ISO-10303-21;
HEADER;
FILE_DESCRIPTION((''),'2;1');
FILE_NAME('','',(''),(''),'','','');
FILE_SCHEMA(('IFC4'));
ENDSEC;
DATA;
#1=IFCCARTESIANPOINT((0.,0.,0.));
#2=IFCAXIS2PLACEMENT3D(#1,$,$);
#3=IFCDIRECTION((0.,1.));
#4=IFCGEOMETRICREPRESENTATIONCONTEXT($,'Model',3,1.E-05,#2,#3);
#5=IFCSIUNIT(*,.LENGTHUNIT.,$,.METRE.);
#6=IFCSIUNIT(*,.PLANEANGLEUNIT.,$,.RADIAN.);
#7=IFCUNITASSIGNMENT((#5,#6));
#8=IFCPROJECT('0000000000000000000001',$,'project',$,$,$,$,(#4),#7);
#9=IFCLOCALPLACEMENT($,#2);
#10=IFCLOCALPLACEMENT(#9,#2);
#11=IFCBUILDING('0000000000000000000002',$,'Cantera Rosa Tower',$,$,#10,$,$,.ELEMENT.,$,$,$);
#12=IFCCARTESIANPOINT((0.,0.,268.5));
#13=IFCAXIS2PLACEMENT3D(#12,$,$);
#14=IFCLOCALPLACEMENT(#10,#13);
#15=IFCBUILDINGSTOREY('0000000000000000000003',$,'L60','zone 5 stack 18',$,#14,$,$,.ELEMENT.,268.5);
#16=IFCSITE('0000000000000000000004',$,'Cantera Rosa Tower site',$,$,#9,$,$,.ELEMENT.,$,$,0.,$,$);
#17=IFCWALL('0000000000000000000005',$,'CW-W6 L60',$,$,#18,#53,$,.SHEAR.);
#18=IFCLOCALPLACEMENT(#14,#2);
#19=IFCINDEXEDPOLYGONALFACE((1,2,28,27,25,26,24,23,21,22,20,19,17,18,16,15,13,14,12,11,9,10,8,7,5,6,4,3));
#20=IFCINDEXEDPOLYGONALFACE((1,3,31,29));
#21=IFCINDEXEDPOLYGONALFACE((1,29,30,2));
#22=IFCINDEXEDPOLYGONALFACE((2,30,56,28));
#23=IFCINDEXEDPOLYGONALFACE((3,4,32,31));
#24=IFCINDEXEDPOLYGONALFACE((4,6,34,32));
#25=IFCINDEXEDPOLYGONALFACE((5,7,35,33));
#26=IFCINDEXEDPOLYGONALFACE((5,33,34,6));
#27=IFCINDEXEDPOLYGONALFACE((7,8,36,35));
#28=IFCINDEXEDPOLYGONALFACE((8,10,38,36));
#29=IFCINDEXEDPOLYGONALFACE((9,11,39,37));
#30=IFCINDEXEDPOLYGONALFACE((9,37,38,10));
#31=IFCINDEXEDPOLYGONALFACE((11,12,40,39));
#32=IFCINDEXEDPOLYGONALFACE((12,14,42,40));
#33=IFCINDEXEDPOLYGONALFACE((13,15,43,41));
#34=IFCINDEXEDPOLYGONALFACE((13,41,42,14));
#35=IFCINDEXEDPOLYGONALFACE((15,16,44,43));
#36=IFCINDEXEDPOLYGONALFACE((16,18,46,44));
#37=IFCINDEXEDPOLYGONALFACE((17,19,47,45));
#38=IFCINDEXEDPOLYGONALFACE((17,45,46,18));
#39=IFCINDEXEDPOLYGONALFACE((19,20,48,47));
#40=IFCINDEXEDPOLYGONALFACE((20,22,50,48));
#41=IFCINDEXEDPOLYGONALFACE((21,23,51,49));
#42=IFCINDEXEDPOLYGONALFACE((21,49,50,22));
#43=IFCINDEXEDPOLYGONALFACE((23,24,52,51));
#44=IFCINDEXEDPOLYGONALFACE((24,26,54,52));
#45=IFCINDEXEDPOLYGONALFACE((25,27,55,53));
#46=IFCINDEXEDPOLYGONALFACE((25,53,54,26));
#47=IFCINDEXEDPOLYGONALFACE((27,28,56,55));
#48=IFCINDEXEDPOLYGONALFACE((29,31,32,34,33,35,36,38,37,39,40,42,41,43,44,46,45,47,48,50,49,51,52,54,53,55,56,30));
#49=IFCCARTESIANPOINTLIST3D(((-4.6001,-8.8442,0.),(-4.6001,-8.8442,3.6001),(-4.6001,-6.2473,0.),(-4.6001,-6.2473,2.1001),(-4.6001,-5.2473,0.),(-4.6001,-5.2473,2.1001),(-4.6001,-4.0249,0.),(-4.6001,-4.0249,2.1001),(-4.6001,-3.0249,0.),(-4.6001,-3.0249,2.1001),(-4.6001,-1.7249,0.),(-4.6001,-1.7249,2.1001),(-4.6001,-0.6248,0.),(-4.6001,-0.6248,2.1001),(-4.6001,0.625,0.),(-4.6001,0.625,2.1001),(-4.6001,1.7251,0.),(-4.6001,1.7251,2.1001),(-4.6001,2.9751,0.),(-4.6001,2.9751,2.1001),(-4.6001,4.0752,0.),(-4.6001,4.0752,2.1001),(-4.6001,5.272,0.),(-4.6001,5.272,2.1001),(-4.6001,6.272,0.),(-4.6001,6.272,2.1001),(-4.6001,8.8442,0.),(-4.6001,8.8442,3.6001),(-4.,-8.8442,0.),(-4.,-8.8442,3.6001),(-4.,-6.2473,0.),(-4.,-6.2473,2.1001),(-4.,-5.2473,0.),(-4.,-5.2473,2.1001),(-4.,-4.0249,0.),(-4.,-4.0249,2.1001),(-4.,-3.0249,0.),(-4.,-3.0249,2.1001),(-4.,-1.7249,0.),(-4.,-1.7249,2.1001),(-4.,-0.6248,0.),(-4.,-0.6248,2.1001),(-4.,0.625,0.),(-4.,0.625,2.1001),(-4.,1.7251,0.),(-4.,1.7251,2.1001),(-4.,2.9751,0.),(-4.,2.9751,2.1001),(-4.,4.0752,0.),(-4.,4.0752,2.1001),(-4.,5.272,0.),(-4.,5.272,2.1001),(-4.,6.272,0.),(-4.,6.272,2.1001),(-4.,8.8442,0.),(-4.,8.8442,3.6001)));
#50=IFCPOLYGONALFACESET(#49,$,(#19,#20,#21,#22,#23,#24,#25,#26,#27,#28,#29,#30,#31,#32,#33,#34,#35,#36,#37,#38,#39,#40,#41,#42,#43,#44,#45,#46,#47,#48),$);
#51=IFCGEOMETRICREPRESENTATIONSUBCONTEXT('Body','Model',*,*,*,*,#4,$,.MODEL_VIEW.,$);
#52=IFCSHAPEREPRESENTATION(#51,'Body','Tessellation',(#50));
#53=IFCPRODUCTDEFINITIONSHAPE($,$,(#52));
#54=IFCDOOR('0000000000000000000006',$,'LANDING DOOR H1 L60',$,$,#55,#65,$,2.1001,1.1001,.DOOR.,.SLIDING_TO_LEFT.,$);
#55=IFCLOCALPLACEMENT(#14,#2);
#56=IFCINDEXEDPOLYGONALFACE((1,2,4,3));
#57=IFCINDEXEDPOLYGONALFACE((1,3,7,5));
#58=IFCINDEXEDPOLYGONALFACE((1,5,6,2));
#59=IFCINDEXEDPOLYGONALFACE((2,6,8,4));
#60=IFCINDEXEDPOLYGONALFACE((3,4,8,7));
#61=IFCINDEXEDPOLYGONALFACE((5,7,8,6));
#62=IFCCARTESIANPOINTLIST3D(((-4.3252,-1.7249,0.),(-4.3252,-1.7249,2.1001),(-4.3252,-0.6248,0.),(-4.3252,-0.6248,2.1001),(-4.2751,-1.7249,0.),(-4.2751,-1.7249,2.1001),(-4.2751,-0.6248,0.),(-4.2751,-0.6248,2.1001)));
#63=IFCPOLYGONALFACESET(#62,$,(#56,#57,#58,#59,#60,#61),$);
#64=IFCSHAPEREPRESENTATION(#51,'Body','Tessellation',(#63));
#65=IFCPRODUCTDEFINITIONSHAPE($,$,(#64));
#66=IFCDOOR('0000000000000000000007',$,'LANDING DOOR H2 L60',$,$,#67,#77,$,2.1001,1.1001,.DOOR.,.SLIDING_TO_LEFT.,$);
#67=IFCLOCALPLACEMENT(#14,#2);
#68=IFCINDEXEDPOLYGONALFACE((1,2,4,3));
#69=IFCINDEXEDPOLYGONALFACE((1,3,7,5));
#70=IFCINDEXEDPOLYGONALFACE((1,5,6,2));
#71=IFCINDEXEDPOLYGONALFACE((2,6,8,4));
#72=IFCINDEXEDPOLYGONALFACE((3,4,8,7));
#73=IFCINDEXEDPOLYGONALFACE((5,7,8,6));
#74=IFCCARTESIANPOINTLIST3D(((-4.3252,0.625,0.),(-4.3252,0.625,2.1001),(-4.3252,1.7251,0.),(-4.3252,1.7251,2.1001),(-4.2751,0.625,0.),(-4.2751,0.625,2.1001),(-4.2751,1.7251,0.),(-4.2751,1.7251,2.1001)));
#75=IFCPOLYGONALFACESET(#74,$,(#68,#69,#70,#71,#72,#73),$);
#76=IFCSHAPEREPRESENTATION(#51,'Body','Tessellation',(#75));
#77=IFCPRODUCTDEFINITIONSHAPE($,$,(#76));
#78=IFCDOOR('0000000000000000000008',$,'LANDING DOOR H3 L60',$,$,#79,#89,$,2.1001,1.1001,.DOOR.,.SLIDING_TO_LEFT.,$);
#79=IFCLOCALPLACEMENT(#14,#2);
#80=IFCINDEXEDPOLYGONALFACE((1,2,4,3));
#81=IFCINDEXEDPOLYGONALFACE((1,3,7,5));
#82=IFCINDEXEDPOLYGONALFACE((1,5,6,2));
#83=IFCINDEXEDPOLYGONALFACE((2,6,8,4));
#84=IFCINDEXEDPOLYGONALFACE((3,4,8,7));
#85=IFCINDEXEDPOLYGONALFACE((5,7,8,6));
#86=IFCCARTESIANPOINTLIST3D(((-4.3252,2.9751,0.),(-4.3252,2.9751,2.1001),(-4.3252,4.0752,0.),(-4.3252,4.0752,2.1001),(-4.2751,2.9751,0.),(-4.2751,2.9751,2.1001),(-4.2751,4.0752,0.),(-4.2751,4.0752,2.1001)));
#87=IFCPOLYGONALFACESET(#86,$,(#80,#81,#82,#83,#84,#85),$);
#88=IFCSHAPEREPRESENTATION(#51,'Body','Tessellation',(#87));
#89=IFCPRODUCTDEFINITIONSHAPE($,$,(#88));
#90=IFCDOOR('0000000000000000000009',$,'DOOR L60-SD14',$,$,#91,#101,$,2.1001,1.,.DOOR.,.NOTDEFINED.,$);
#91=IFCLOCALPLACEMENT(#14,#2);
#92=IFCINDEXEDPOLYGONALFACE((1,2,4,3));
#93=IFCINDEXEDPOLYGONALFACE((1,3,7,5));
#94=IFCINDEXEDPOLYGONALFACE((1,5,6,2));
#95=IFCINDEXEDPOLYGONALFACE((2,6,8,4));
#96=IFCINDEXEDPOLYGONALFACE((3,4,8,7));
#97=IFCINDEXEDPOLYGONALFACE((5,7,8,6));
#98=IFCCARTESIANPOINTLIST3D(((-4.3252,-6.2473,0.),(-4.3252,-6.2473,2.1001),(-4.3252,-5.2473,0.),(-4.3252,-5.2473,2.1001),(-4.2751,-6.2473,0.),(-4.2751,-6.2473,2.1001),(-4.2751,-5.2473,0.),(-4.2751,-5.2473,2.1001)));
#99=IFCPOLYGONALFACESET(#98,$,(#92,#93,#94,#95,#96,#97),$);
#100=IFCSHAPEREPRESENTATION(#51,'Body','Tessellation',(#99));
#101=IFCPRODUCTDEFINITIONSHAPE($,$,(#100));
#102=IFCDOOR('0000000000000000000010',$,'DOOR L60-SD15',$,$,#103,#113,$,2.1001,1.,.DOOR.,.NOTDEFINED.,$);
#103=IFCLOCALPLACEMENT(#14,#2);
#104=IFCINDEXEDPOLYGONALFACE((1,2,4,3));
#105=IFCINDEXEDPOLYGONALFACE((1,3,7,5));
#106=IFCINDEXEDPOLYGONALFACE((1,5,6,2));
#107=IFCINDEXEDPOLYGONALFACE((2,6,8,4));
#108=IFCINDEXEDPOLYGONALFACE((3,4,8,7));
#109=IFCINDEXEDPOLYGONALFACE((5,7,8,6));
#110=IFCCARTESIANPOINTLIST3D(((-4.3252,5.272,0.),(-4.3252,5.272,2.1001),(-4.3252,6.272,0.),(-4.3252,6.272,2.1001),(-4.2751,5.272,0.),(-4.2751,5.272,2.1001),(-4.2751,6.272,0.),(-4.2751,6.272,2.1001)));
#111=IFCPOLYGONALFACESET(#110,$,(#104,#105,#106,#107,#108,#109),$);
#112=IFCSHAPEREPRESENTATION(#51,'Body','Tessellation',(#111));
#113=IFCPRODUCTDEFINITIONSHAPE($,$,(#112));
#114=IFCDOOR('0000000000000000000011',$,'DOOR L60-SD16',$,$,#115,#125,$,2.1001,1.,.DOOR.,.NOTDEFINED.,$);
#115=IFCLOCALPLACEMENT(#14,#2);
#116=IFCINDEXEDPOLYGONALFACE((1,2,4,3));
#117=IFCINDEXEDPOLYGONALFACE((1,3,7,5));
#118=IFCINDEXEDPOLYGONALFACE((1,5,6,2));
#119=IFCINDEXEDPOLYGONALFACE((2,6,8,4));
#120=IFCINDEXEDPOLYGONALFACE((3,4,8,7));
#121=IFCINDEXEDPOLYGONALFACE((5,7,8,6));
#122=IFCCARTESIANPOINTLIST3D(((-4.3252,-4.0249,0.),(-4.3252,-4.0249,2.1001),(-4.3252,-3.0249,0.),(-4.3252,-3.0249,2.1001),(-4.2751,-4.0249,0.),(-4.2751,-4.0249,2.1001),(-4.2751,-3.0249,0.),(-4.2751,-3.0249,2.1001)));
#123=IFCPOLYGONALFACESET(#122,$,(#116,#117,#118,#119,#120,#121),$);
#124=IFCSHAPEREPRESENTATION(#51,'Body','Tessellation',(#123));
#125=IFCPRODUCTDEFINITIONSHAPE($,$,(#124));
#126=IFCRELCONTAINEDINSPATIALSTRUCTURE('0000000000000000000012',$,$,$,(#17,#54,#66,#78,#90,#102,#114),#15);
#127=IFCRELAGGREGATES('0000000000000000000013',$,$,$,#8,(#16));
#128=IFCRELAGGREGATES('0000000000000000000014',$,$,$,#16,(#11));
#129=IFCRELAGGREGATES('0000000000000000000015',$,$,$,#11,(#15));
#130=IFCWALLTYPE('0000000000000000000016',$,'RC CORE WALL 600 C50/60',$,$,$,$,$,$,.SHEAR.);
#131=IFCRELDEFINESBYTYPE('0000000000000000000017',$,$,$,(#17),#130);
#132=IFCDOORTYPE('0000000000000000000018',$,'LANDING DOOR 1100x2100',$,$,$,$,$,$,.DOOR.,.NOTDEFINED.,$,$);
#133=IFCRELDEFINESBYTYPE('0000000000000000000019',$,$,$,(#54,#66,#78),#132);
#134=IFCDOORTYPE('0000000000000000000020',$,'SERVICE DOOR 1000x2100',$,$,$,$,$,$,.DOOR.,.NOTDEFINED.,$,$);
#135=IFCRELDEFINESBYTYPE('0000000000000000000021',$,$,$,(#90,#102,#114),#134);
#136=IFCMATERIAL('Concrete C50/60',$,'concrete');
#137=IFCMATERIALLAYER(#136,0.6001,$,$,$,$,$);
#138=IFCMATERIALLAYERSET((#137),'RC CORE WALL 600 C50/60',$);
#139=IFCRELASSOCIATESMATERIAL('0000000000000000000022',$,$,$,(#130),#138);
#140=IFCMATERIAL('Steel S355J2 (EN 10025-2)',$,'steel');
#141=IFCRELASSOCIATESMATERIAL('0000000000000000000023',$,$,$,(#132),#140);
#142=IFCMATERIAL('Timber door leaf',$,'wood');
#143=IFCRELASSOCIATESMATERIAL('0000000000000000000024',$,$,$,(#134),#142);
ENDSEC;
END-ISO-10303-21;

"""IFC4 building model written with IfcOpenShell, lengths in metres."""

from ifc_helpers import new_model, si_unit, direction, frame, frame_2d, origin, place, context, subcontext, project, spatial, rectangle, extrude, material, layer, layer_set, type_object, element, fill, save


model = new_model("IFC4")

# Units and contexts
model_context = context("Model", 3, precision=1e-05, world=origin(), true_north=direction((0.0, 1.0)))
body_context = subcontext(model_context, "Body", "Model", "MODEL_VIEW")
ifc_project = project(units=[si_unit("LENGTHUNIT", "METRE"), si_unit("PLANEANGLEUNIT", "RADIAN")], contexts=[model_context])

# Site, building, storey
site_placement = place(None, origin())
site = spatial("IfcSite", under=ifc_project, at=site_placement, Name="Cantera Rosa Tower site", CompositionType="ELEMENT", RefElevation=0.0)
building_placement = place(site_placement, origin())
building = spatial("IfcBuilding", under=site, at=building_placement, Name="Cantera Rosa Tower", CompositionType="ELEMENT")
storey_placement = place(building_placement, frame((0.0, 0.0, 268.5)))
storey = spatial("IfcBuildingStorey", under=building, at=storey_placement, Name="L60", Description="zone 5 stack 18", CompositionType="ELEMENT", Elevation=268.5)

# Wall, openings, doors
ifc_material_1 = material(Name="Concrete C50/60", Category="concrete")
ifc_layer_1 = layer(ifc_material_1, 0.6001)
ifc_layer_set_1 = layer_set([ifc_layer_1], Name="RC CORE WALL 600 C50/60")
wall_type_1 = type_object("IfcWallType", Name="RC CORE WALL 600 C50/60", PredefinedType="SHEAR", material=ifc_layer_set_1)
wall_1_placement = place(storey_placement, frame((-4.3, 8.8442, 0.0), z_axis=(0.0, 0.0, 1.0), x_axis=(0.0, -1.0, 0.0)))
wall_1 = element("IfcWall", 1, at=wall_1_placement, inside=storey, type_object=wall_type_1, Name="CW-W6 L60", PredefinedType="SHEAR", context=body_context, shape_type="SweptSolid", body=[
    extrude(rectangle(XDim=17.6885, YDim=0.6001, at=frame_2d((8.8442, 0.0))), origin(), (0.0, 0.0, 1.0), 3.6001),
])
opening_1_placement = place(wall_1_placement, frame((9.469, 0.0, 0.0)))
opening_1 = element("IfcOpeningElement", 2, at=opening_1_placement, cuts=wall_1, PredefinedType="OPENING", context=body_context, shape_type="SweptSolid", body=[
    extrude(rectangle(XDim=1.1001, YDim=2.1001, at=frame_2d((0.55, 1.05))), frame((0.0, 0.3101, 0.0), z_axis=(0.0, -1.0, 0.0), x_axis=(1.0, 0.0, 0.0)), (0.0, 0.0, 1.0), 0.6201),
])
opening_2_placement = place(wall_1_placement, frame((7.1191, 0.0, 0.0)))
opening_2 = element("IfcOpeningElement", 3, at=opening_2_placement, cuts=wall_1, PredefinedType="OPENING", context=body_context, shape_type="SweptSolid", body=[
    extrude(rectangle(XDim=1.1001, YDim=2.1001, at=frame_2d((0.55, 1.05))), frame((0.0, 0.3101, 0.0), z_axis=(0.0, -1.0, 0.0), x_axis=(1.0, 0.0, 0.0)), (0.0, 0.0, 1.0), 0.6201),
])
opening_3_placement = place(wall_1_placement, frame((4.769, 0.0, 0.0)))
opening_3 = element("IfcOpeningElement", 4, at=opening_3_placement, cuts=wall_1, PredefinedType="OPENING", context=body_context, shape_type="SweptSolid", body=[
    extrude(rectangle(XDim=1.1001, YDim=2.1001, at=frame_2d((0.55, 1.05))), frame((0.0, 0.3101, 0.0), z_axis=(0.0, -1.0, 0.0), x_axis=(1.0, 0.0, 0.0)), (0.0, 0.0, 1.0), 0.6201),
])
opening_4_placement = place(wall_1_placement, frame((14.0916, 0.0, 0.0)))
opening_4 = element("IfcOpeningElement", 5, at=opening_4_placement, cuts=wall_1, PredefinedType="OPENING", context=body_context, shape_type="SweptSolid", body=[
    extrude(rectangle(XDim=1.0, YDim=2.1001, at=frame_2d((0.5, 1.05))), frame((0.0, 0.3101, 0.0), z_axis=(0.0, -1.0, 0.0), x_axis=(1.0, 0.0, 0.0)), (0.0, 0.0, 1.0), 0.6201),
])
opening_5_placement = place(wall_1_placement, frame((2.5723, 0.0, 0.0)))
opening_5 = element("IfcOpeningElement", 6, at=opening_5_placement, cuts=wall_1, PredefinedType="OPENING", context=body_context, shape_type="SweptSolid", body=[
    extrude(rectangle(XDim=1.0, YDim=2.1001, at=frame_2d((0.5, 1.05))), frame((0.0, 0.3101, 0.0), z_axis=(0.0, -1.0, 0.0), x_axis=(1.0, 0.0, 0.0)), (0.0, 0.0, 1.0), 0.6201),
])
opening_6_placement = place(wall_1_placement, frame((11.8691, 0.0, 0.0)))
opening_6 = element("IfcOpeningElement", 7, at=opening_6_placement, cuts=wall_1, PredefinedType="OPENING", context=body_context, shape_type="SweptSolid", body=[
    extrude(rectangle(XDim=1.0, YDim=2.1001, at=frame_2d((0.5, 1.05))), frame((0.0, 0.3101, 0.0), z_axis=(0.0, -1.0, 0.0), x_axis=(1.0, 0.0, 0.0)), (0.0, 0.0, 1.0), 0.6201),
])
ifc_material_2 = material(Name="Steel S355J2 (EN 10025-2)", Category="steel")
door_type_1 = type_object("IfcDoorType", Name="LANDING DOOR 1100x2100", OperationType="NOTDEFINED", PredefinedType="DOOR", material=ifc_material_2)
door_1_placement = place(opening_1_placement, origin())
door_1 = element("IfcDoor", 8, at=door_1_placement, inside=storey, type_object=door_type_1, Name="LANDING DOOR H1 L60", OperationType="SLIDING_TO_LEFT", OverallHeight=2.1001, OverallWidth=1.1001, PredefinedType="DOOR", context=body_context, shape_type="SweptSolid", body=[
    extrude(rectangle(XDim=1.1001, YDim=2.1001, at=frame_2d((0.55, 1.05))), frame((0.0, 0.0249, 0.0), z_axis=(0.0, -1.0, 0.0), x_axis=(1.0, 0.0, 0.0)), (0.0, 0.0, 1.0), 0.05),
])
fill(opening_1, door_1)
door_2_placement = place(opening_2_placement, origin())
door_2 = element("IfcDoor", 9, at=door_2_placement, inside=storey, type_object=door_type_1, Name="LANDING DOOR H2 L60", OperationType="SLIDING_TO_LEFT", OverallHeight=2.1001, OverallWidth=1.1001, PredefinedType="DOOR", context=body_context, shape_type="SweptSolid", body=[
    extrude(rectangle(XDim=1.1001, YDim=2.1001, at=frame_2d((0.55, 1.05))), frame((0.0, 0.0249, 0.0), z_axis=(0.0, -1.0, 0.0), x_axis=(1.0, 0.0, 0.0)), (0.0, 0.0, 1.0), 0.05),
])
fill(opening_2, door_2)
door_3_placement = place(opening_3_placement, origin())
door_3 = element("IfcDoor", 10, at=door_3_placement, inside=storey, type_object=door_type_1, Name="LANDING DOOR H3 L60", OperationType="SLIDING_TO_LEFT", OverallHeight=2.1001, OverallWidth=1.1001, PredefinedType="DOOR", context=body_context, shape_type="SweptSolid", body=[
    extrude(rectangle(XDim=1.1001, YDim=2.1001, at=frame_2d((0.55, 1.05))), frame((0.0, 0.0249, 0.0), z_axis=(0.0, -1.0, 0.0), x_axis=(1.0, 0.0, 0.0)), (0.0, 0.0, 1.0), 0.05),
])
fill(opening_3, door_3)
ifc_material_3 = material(Name="Timber door leaf", Category="wood")
door_type_2 = type_object("IfcDoorType", Name="SERVICE DOOR 1000x2100", OperationType="NOTDEFINED", PredefinedType="DOOR", material=ifc_material_3)
door_4_placement = place(opening_4_placement, origin())
door_4 = element("IfcDoor", 11, at=door_4_placement, inside=storey, type_object=door_type_2, Name="DOOR L60-SD14", OperationType="NOTDEFINED", OverallHeight=2.1001, OverallWidth=1.0, PredefinedType="DOOR", context=body_context, shape_type="SweptSolid", body=[
    extrude(rectangle(XDim=1.0, YDim=2.1001, at=frame_2d((0.5, 1.05))), frame((0.0, 0.0249, 0.0), z_axis=(0.0, -1.0, 0.0), x_axis=(1.0, 0.0, 0.0)), (0.0, 0.0, 1.0), 0.05),
])
fill(opening_4, door_4)
door_5_placement = place(opening_5_placement, origin())
door_5 = element("IfcDoor", 12, at=door_5_placement, inside=storey, type_object=door_type_2, Name="DOOR L60-SD15", OperationType="NOTDEFINED", OverallHeight=2.1001, OverallWidth=1.0, PredefinedType="DOOR", context=body_context, shape_type="SweptSolid", body=[
    extrude(rectangle(XDim=1.0, YDim=2.1001, at=frame_2d((0.5, 1.05))), frame((0.0, 0.0249, 0.0), z_axis=(0.0, -1.0, 0.0), x_axis=(1.0, 0.0, 0.0)), (0.0, 0.0, 1.0), 0.05),
])
fill(opening_5, door_5)
door_6_placement = place(opening_6_placement, origin())
door_6 = element("IfcDoor", 13, at=door_6_placement, inside=storey, type_object=door_type_2, Name="DOOR L60-SD16", OperationType="NOTDEFINED", OverallHeight=2.1001, OverallWidth=1.0, PredefinedType="DOOR", context=body_context, shape_type="SweptSolid", body=[
    extrude(rectangle(XDim=1.0, YDim=2.1001, at=frame_2d((0.5, 1.05))), frame((0.0, 0.0249, 0.0), z_axis=(0.0, -1.0, 0.0), x_axis=(1.0, 0.0, 0.0)), (0.0, 0.0, 1.0), 0.05),
])
fill(opening_6, door_6)

save(model, "model.ifc")
